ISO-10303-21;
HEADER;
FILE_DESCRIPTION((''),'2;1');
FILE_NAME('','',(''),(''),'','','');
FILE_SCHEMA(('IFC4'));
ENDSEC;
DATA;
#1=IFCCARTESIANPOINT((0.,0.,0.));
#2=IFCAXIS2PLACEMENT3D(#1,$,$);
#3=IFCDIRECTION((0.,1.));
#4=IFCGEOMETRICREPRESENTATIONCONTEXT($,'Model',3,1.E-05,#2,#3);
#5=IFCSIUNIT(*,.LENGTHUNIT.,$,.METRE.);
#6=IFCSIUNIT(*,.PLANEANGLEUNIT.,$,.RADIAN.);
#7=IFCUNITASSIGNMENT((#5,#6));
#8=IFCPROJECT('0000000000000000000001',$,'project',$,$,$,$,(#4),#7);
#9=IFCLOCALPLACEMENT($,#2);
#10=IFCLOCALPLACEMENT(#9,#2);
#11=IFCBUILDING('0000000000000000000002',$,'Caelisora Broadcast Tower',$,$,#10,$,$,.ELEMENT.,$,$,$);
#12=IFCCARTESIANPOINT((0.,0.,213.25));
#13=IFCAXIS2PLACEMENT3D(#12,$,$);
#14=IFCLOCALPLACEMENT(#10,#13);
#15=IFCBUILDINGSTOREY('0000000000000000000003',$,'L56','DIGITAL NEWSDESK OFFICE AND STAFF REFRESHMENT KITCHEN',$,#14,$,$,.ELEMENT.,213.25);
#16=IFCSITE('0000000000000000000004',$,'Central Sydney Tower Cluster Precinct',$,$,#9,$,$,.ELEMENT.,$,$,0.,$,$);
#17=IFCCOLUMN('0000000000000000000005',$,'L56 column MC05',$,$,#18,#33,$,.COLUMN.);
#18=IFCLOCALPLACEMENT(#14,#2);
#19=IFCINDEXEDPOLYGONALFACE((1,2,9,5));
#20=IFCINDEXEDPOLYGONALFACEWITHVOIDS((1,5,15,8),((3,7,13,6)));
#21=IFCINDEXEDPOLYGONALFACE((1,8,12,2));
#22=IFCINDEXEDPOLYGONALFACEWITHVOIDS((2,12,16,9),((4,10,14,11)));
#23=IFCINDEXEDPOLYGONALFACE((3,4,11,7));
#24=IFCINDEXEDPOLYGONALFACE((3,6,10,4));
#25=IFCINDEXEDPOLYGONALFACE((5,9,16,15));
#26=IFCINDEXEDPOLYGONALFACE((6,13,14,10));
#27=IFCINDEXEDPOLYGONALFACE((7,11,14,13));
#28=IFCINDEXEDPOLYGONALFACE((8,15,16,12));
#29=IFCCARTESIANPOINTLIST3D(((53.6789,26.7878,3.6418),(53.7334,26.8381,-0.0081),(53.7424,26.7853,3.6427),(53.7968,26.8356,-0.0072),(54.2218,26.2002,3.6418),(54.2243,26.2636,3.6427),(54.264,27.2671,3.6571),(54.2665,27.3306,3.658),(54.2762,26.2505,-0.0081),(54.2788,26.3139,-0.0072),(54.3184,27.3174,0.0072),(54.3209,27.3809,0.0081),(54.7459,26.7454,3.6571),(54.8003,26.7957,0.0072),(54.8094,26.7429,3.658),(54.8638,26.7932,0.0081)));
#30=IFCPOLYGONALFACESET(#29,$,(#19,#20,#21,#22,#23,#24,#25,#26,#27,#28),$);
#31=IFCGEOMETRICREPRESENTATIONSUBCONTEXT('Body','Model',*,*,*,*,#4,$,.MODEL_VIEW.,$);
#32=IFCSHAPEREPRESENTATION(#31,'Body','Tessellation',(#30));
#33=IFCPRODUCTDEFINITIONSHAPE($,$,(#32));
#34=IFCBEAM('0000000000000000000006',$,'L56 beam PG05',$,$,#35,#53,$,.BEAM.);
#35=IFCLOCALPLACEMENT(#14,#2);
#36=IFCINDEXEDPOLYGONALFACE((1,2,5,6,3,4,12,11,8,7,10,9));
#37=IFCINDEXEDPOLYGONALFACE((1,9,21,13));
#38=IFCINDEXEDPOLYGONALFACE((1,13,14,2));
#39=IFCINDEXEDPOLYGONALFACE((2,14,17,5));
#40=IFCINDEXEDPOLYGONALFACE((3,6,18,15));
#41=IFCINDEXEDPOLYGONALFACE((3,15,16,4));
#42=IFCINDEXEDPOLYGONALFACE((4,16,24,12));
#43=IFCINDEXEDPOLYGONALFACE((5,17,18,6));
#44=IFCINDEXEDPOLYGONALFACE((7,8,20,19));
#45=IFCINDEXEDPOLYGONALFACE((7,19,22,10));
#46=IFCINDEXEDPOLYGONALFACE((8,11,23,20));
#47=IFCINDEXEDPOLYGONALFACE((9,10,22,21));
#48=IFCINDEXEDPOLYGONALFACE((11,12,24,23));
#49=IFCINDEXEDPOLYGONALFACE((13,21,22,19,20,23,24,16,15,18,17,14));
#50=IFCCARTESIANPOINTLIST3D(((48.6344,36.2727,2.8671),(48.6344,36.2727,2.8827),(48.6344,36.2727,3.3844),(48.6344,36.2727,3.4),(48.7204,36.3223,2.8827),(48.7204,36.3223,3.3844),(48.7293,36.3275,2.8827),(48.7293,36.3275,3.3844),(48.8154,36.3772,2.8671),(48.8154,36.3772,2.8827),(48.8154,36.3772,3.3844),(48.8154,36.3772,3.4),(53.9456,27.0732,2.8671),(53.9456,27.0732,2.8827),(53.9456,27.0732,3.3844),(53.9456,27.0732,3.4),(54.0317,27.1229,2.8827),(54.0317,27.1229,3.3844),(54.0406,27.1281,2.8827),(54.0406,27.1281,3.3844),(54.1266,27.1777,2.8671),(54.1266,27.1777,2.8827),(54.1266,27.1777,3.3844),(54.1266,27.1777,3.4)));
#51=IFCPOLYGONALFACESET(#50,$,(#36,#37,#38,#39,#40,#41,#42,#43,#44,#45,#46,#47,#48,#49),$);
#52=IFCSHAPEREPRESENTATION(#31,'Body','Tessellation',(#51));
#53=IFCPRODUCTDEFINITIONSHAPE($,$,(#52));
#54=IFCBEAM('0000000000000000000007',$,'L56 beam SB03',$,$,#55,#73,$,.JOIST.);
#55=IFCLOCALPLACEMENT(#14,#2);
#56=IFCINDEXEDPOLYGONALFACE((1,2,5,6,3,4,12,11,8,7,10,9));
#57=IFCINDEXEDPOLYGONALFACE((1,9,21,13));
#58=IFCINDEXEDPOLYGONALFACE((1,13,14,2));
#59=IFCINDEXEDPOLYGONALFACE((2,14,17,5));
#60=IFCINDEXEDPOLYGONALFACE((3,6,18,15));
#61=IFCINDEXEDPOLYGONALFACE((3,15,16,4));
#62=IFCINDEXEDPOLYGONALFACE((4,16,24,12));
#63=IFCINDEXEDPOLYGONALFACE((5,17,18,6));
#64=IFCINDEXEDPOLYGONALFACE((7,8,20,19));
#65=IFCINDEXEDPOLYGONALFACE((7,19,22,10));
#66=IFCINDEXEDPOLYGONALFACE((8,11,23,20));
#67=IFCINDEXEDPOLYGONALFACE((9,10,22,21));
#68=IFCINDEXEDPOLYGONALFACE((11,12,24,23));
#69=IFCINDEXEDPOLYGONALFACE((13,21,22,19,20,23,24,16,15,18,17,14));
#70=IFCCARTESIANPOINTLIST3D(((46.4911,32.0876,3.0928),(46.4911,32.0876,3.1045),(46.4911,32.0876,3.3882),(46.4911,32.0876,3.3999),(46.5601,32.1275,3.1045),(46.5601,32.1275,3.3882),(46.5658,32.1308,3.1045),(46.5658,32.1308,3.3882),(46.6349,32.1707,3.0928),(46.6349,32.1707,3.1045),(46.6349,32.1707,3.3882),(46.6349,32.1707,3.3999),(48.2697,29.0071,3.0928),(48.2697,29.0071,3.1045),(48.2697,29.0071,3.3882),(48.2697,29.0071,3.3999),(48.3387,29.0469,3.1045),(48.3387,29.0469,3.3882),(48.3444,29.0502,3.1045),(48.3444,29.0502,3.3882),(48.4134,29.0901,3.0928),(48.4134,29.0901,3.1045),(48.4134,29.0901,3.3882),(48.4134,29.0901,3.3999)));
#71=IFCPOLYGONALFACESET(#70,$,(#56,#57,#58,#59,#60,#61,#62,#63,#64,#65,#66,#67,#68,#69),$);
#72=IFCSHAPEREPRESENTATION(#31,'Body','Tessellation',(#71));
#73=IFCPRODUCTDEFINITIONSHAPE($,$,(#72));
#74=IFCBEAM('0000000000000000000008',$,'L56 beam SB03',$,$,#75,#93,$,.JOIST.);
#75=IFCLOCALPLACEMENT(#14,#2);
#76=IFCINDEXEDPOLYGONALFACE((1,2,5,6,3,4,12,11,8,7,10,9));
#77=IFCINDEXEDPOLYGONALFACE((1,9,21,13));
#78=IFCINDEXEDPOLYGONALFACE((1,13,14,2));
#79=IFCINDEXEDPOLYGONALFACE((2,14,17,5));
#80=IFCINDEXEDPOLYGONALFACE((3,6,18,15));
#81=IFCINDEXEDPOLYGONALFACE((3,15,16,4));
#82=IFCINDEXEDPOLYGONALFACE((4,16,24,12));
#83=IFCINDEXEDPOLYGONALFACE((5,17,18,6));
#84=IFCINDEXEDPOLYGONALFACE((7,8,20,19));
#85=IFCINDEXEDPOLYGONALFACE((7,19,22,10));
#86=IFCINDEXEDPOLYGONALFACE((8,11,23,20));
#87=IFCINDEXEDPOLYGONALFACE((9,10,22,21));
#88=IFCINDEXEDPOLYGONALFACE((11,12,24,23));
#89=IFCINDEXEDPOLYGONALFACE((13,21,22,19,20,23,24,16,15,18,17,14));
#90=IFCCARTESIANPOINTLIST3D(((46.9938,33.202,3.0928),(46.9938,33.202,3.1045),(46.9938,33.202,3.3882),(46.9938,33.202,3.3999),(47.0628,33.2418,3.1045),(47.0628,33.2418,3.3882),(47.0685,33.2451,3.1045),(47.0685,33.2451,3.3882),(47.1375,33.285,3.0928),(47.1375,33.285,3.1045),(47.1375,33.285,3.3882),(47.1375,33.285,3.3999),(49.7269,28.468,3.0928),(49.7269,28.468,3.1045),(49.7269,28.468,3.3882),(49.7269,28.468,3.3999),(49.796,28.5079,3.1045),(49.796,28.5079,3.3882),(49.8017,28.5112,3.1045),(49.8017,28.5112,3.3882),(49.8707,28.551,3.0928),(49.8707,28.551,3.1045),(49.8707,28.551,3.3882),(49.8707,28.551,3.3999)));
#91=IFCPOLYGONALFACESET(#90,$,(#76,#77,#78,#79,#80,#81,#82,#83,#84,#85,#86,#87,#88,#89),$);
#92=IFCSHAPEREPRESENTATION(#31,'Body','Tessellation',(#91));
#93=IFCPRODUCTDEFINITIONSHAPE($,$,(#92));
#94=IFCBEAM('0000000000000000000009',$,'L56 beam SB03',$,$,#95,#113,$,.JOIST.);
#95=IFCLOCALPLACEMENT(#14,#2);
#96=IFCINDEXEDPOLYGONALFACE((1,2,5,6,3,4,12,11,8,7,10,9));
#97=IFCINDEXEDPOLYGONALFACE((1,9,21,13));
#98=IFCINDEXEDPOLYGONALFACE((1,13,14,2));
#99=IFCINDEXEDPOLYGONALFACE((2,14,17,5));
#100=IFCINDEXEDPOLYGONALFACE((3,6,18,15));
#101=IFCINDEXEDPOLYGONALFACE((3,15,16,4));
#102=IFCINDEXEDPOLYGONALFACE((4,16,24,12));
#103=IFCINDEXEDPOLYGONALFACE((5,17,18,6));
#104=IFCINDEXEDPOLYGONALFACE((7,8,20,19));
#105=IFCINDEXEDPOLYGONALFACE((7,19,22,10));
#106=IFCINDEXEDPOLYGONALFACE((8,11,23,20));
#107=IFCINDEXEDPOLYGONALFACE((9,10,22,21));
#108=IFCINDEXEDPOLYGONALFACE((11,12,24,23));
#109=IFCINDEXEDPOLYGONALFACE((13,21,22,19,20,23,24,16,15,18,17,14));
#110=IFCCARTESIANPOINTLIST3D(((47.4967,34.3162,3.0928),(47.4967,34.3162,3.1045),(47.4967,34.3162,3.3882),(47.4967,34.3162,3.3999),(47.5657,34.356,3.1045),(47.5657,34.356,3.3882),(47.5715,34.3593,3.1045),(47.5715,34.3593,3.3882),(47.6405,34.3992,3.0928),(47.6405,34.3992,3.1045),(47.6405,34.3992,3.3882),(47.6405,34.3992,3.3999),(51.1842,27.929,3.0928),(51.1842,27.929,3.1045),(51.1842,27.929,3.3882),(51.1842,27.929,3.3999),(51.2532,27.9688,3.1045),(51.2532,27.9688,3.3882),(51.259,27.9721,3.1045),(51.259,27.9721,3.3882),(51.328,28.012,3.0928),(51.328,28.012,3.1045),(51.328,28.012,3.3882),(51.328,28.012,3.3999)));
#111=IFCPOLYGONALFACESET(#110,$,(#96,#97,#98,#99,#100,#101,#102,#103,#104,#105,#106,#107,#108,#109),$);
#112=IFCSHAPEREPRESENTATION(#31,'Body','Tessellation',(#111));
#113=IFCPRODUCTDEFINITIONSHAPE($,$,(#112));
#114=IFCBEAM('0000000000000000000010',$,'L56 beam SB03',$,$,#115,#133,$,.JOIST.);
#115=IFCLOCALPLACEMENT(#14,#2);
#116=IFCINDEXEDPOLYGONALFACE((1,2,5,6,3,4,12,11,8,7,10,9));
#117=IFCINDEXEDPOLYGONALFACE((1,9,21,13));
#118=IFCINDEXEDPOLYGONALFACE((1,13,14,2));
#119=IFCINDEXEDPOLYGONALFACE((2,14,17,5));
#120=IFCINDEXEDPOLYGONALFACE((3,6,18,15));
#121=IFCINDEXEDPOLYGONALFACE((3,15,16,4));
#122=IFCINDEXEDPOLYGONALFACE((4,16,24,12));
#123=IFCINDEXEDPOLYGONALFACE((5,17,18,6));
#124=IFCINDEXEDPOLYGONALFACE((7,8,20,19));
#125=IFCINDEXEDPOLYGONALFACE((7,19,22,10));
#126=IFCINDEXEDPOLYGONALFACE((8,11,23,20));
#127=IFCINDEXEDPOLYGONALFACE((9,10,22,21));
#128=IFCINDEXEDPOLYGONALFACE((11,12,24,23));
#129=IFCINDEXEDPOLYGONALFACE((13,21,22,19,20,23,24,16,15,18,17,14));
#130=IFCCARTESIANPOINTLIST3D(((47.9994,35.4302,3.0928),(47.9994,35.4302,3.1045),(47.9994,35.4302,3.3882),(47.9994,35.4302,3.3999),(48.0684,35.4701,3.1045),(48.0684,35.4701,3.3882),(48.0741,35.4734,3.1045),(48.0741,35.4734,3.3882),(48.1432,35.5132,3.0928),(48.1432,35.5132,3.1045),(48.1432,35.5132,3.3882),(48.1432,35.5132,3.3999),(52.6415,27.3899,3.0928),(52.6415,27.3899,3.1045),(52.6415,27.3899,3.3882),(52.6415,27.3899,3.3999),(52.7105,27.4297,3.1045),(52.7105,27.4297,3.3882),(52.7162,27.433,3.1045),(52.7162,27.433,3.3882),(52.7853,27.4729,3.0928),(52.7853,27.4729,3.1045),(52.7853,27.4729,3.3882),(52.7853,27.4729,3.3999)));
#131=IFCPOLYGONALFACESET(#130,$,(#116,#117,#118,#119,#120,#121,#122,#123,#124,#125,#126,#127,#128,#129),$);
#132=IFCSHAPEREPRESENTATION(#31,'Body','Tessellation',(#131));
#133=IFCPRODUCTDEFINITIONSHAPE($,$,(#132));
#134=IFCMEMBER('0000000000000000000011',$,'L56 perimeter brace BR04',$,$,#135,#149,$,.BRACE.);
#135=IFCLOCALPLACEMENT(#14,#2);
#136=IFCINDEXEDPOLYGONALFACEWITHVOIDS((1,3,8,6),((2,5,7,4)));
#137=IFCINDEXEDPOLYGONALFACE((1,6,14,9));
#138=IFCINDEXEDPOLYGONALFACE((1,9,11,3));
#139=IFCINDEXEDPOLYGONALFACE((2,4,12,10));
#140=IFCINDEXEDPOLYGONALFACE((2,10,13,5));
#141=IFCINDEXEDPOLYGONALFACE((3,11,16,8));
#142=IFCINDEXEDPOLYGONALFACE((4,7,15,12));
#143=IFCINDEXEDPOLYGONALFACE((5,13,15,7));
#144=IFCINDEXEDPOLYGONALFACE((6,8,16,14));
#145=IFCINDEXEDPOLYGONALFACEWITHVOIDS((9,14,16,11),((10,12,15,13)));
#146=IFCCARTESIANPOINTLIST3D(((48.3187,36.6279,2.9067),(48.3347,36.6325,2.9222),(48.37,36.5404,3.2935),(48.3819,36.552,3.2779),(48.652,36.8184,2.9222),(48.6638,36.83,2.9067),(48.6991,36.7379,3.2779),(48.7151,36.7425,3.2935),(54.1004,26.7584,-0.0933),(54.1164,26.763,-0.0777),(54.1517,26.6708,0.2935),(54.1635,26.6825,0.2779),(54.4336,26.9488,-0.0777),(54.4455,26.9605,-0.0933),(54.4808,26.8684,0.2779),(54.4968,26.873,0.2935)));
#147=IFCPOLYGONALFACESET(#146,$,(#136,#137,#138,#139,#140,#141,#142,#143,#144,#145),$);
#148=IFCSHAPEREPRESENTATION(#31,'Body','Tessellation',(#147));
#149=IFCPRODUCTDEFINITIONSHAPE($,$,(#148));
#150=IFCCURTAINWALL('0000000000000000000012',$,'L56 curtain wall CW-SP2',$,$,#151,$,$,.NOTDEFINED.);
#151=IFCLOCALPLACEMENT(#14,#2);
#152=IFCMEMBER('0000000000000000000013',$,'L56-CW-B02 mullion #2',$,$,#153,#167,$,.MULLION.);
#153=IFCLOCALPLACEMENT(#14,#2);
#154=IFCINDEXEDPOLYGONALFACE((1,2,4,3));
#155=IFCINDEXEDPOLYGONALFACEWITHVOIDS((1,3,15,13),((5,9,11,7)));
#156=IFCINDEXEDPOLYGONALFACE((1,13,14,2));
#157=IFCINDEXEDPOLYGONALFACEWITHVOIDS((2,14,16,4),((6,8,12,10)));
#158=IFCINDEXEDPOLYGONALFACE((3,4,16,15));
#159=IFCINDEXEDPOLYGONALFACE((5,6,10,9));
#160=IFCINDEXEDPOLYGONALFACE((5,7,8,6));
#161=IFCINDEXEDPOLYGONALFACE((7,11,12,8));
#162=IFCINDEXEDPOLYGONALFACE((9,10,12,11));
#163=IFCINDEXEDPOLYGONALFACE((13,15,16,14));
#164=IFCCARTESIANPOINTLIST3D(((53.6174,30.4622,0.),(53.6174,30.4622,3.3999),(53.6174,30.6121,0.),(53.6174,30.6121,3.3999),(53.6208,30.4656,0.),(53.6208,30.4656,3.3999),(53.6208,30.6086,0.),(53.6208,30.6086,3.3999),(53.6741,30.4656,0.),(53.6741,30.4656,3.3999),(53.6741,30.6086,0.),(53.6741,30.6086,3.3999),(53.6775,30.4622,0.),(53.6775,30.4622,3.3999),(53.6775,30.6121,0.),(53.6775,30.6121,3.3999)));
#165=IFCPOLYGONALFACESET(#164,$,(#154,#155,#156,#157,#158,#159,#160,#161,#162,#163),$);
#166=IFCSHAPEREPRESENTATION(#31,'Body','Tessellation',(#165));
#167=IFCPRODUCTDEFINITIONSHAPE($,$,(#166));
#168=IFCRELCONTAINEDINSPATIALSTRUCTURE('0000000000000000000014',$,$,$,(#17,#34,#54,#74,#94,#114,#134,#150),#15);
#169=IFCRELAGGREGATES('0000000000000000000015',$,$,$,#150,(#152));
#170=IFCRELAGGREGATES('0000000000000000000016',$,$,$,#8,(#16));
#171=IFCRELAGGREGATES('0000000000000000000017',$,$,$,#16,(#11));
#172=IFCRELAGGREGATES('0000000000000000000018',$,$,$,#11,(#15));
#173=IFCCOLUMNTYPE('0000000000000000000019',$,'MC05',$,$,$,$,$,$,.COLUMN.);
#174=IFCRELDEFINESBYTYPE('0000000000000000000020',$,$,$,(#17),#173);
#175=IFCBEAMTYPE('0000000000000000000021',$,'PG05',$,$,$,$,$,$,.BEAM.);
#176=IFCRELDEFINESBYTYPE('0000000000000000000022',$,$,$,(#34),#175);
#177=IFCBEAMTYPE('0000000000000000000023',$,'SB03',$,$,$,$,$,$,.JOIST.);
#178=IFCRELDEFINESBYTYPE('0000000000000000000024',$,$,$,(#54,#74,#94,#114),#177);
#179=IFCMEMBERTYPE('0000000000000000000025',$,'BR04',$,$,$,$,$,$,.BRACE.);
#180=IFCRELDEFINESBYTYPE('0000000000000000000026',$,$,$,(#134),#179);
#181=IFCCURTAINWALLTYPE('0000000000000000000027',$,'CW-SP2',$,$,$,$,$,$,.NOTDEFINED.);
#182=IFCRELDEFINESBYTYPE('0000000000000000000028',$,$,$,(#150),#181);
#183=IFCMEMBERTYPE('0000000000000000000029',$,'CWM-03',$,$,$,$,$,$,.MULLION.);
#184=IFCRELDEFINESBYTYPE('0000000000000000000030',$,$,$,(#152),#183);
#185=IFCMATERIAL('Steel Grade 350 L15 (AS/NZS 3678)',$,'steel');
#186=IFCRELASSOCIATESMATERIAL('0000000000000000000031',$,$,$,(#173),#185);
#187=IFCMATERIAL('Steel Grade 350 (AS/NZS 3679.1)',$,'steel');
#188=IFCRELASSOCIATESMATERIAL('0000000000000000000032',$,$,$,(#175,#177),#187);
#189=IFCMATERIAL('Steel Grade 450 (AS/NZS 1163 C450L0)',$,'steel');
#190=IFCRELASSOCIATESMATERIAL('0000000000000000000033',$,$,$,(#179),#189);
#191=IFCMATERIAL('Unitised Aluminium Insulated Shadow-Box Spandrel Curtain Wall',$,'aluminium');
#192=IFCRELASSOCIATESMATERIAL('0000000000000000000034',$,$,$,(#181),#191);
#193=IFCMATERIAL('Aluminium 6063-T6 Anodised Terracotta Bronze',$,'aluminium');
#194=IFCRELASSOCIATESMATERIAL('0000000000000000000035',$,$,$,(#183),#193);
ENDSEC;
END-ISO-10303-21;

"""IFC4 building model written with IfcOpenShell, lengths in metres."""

from ifc_helpers import new_model, si_unit, direction, frame, origin, origin_2d, place, context, subcontext, project, spatial, hollow_rectangle, i_section, extrude, source, transform, mapped, material, material_profile, profile_set, type_object, type_shapes, element, aggregate, save


model = new_model("IFC4")

# Units and contexts
model_context = context("Model", 3, precision=1e-05, world=origin(), true_north=direction((0.0, 1.0)))
body_context = subcontext(model_context, "Body", "Model", "MODEL_VIEW")
ifc_project = project(units=[si_unit("LENGTHUNIT", "METRE"), si_unit("PLANEANGLEUNIT", "RADIAN")], contexts=[model_context])

# Site, building, storey
site_placement = place(None, origin())
site = spatial("IfcSite", under=ifc_project, at=site_placement, Name="Central Sydney Tower Cluster Precinct", CompositionType="ELEMENT", RefElevation=0.0)
building_placement = place(site_placement, origin())
building = spatial("IfcBuilding", under=site, at=building_placement, Name="Caelisora Broadcast Tower", CompositionType="ELEMENT")
storey_placement = place(building_placement, frame((0.0, 0.0, 213.25)))
storey = spatial("IfcBuildingStorey", under=building, at=storey_placement, Name="L56", Description="DIGITAL NEWSDESK OFFICE AND STAFF REFRESHMENT KITCHEN", CompositionType="ELEMENT", Elevation=213.25)

# Column
ifc_material_1 = material(Name="Steel Grade 350 L15 (AS/NZS 3678)", Category="steel")
ifc_material_profile_1 = material_profile(ifc_material_1, hollow_rectangle(XDim=0.8, YDim=0.8, WallThickness=0.0449, at=origin_2d()), Name="Steel Grade 350 L15 (AS/NZS 3678)")
ifc_profile_set_1 = profile_set([ifc_material_profile_1], Name="Steel Grade 350 L15 (AS/NZS 3678)")
column_type = type_object("IfcColumnType", Name="MC05", PredefinedType="COLUMN", material=ifc_profile_set_1)
shared_shape_1 = source(origin(), body_context, "Body", "SweptSolid", [
    extrude(hollow_rectangle(XDim=0.8, YDim=0.8, WallThickness=0.0449, at=origin_2d()), origin(), (0.0, 0.0, 1.0), 3.6506),
])
type_shapes(column_type, [shared_shape_1])
column_placement = place(storey_placement, frame((54.2986, 26.8157, 0.0), z_axis=(-0.014913, -0.013776, 0.999794), x_axis=(0.678554, -0.734551, 0.0)))
element("IfcColumn", 1, at=column_placement, inside=storey, type_object=column_type, Name="L56 column MC05", PredefinedType="COLUMN", context=body_context, shape_type="MappedRepresentation", body=[
    mapped(shared_shape_1, transform((0.0, 0.0, 0.0), scale=1.0)),
])

# Beams
ifc_material_2 = material(Name="Steel Grade 350 (AS/NZS 3679.1)", Category="steel")
ifc_material_profile_2 = material_profile(ifc_material_2, i_section(OverallWidth=0.209, OverallDepth=0.533, WebThickness=0.0103, FlangeThickness=0.0156, at=origin_2d()), Name="Steel Grade 350 (AS/NZS 3679.1)")
ifc_profile_set_2 = profile_set([ifc_material_profile_2], Name="Steel Grade 350 (AS/NZS 3679.1)")
beam_type_1 = type_object("IfcBeamType", Name="PG05", PredefinedType="BEAM", material=ifc_profile_set_2)
shared_shape_2 = source(origin(), body_context, "Body", "SweptSolid", [
    extrude(i_section(OverallWidth=0.209, OverallDepth=0.533, WebThickness=0.0103, FlangeThickness=0.0156, at=origin_2d()), origin(), (0.0, 0.0, 1.0), 10.6226),
])
type_shapes(beam_type_1, [shared_shape_2])
beam_1_placement = place(storey_placement, frame((54.0361, 27.1255, 3.1335), z_axis=(-0.499998, 0.866027, 0.0), x_axis=(-0.866027, -0.499998, 0.0)))
element("IfcBeam", 2, at=beam_1_placement, inside=storey, type_object=beam_type_1, Name="L56 beam PG05", PredefinedType="BEAM", context=body_context, shape_type="MappedRepresentation", body=[
    mapped(shared_shape_2, transform((0.0, 0.0, 0.0), scale=1.0)),
])
ifc_material_profile_3 = material_profile(ifc_material_2, i_section(OverallWidth=0.166, OverallDepth=0.3071, WebThickness=0.0066, FlangeThickness=0.0117, at=origin_2d()), Name="Steel Grade 350 (AS/NZS 3679.1)")
ifc_profile_set_3 = profile_set([ifc_material_profile_3], Name="Steel Grade 350 (AS/NZS 3679.1)")
beam_type_2 = type_object("IfcBeamType", Name="SB03", PredefinedType="JOIST", material=ifc_profile_set_3)
shared_shape_3 = source(origin(), body_context, "Body", "SweptSolid", [
    extrude(i_section(OverallWidth=0.166, OverallDepth=0.3071, WebThickness=0.0066, FlangeThickness=0.0117, at=origin_2d()), origin(), (0.0, 0.0, 1.0), 3.5571),
])
beam_2_placement = place(storey_placement, frame((48.3416, 29.0486, 3.2463), z_axis=(-0.5, 0.866026, 0.0), x_axis=(-0.866026, -0.5, 0.0)))
element("IfcBeam", 3, at=beam_2_placement, inside=storey, type_object=beam_type_2, Name="L56 beam SB03", PredefinedType="JOIST", context=body_context, shape_type="MappedRepresentation", body=[
    mapped(shared_shape_3, transform((0.0, 0.0, 0.0), scale=1.0)),
])
shared_shape_4 = source(origin(), body_context, "Body", "SweptSolid", [
    extrude(i_section(OverallWidth=0.166, OverallDepth=0.3071, WebThickness=0.0066, FlangeThickness=0.0117, at=origin_2d()), origin(), (0.0, 0.0, 1.0), 5.4663),
])
beam_3_placement = place(storey_placement, frame((49.7988, 28.5095, 3.2463), z_axis=(-0.500006, 0.866022, 0.0), x_axis=(-0.866022, -0.500006, 0.0)))
element("IfcBeam", 4, at=beam_3_placement, inside=storey, type_object=beam_type_2, Name="L56 beam SB03", PredefinedType="JOIST", context=body_context, shape_type="MappedRepresentation", body=[
    mapped(shared_shape_4, transform((0.0, 0.0, 0.0), scale=1.0)),
])
shared_shape_5 = source(origin(), body_context, "Body", "SweptSolid", [
    extrude(i_section(OverallWidth=0.166, OverallDepth=0.3071, WebThickness=0.0066, FlangeThickness=0.0117, at=origin_2d()), origin(), (0.0, 0.0, 1.0), 7.3752),
])
beam_4_placement = place(storey_placement, frame((51.2561, 27.9705, 3.2463), z_axis=(-0.499984, 0.866035, 0.0), x_axis=(-0.866035, -0.499984, 0.0)))
element("IfcBeam", 5, at=beam_4_placement, inside=storey, type_object=beam_type_2, Name="L56 beam SB03", PredefinedType="JOIST", context=body_context, shape_type="MappedRepresentation", body=[
    mapped(shared_shape_5, transform((0.0, 0.0, 0.0), scale=1.0)),
])
shared_shape_6 = source(origin(), body_context, "Body", "SweptSolid", [
    extrude(i_section(OverallWidth=0.166, OverallDepth=0.3071, WebThickness=0.0066, FlangeThickness=0.0117, at=origin_2d()), origin(), (0.0, 0.0, 1.0), 9.2842),
])
type_shapes(beam_type_2, [shared_shape_3, shared_shape_4, shared_shape_5, shared_shape_6])
beam_5_placement = place(storey_placement, frame((52.7134, 27.4314, 3.2463), z_axis=(-0.500002, 0.866024, 0.0), x_axis=(-0.866024, -0.500002, 0.0)))
element("IfcBeam", 6, at=beam_5_placement, inside=storey, type_object=beam_type_2, Name="L56 beam SB03", PredefinedType="JOIST", context=body_context, shape_type="MappedRepresentation", body=[
    mapped(shared_shape_6, transform((0.0, 0.0, 0.0), scale=1.0)),
])

# Member
ifc_material_3 = material(Name="Steel Grade 450 (AS/NZS 1163 C450L0)", Category="steel")
ifc_material_profile_4 = material_profile(ifc_material_3, hollow_rectangle(XDim=0.3999, YDim=0.3999, WallThickness=0.0161, at=origin_2d()), Name="Steel Grade 450 (AS/NZS 1163 C450L0)")
ifc_profile_set_4 = profile_set([ifc_material_profile_4], Name="Steel Grade 450 (AS/NZS 1163 C450L0)")
member_type_1 = type_object("IfcMemberType", Name="BR04", PredefinedType="BRACE", material=ifc_profile_set_4)
shared_shape_7 = source(origin(), body_context, "Body", "SweptSolid", [
    extrude(hollow_rectangle(XDim=0.3999, YDim=0.3999, WallThickness=0.0161, at=origin_2d()), origin(), (0.0, 0.0, 1.0), 11.8252),
])
type_shapes(member_type_1, [shared_shape_7])
member_1_placement = place(storey_placement, frame((54.2986, 26.8157, 0.1001), z_axis=(-0.488929, 0.834619, 0.253693), x_axis=(-0.862847, -0.505465, 0.0)))
element("IfcMember", 7, at=member_1_placement, inside=storey, type_object=member_type_1, Name="L56 perimeter brace BR04", PredefinedType="BRACE", context=body_context, shape_type="MappedRepresentation", body=[
    mapped(shared_shape_7, transform((0.0, 0.0, 0.0), scale=1.0)),
])

# Curtain wall, member
ifc_material_4 = material(Name="Unitised Aluminium Insulated Shadow-Box Spandrel Curtain Wall", Category="aluminium")
curtain_wall_type_1 = type_object("IfcCurtainWallType", Name="CW-SP2", PredefinedType="NOTDEFINED", material=ifc_material_4)
curtain_wall_1_placement = place(storey_placement, origin())
curtain_wall_1 = element("IfcCurtainWall", 8, at=curtain_wall_1_placement, inside=storey, type_object=curtain_wall_type_1, Name="L56 curtain wall CW-SP2", PredefinedType="NOTDEFINED")
ifc_material_5 = material(Name="Aluminium 6063-T6 Anodised Terracotta Bronze", Category="aluminium")
ifc_material_profile_5 = material_profile(ifc_material_5, hollow_rectangle(XDim=0.0601, YDim=0.1499, WallThickness=0.0034, at=origin_2d()), Name="Aluminium 6063-T6 Anodised Terracotta Bronze")
ifc_profile_set_5 = profile_set([ifc_material_profile_5], Name="Aluminium 6063-T6 Anodised Terracotta Bronze")
member_type_2 = type_object("IfcMemberType", Name="CWM-03", PredefinedType="MULLION", material=ifc_profile_set_5)
shared_shape_8 = source(origin(), body_context, "Body", "SweptSolid", [
    extrude(hollow_rectangle(XDim=0.0601, YDim=0.1499, WallThickness=0.0034, at=origin_2d()), origin(), (0.0, 0.0, 1.0), 3.3999),
])
type_shapes(member_type_2, [shared_shape_8])
member_2_placement = place(storey_placement, frame((53.6475, 30.5371, 0.0), z_axis=(0.0, 0.0, 1.0), x_axis=(1.0, 0.0, 0.0)))
member_2 = element("IfcMember", 9, at=member_2_placement, type_object=member_type_2, Name="L56-CW-B02 mullion #2", PredefinedType="MULLION", context=body_context, shape_type="MappedRepresentation", body=[
    mapped(shared_shape_8, transform((0.0, 0.0, 0.0), scale=1.0)),
])

aggregate(curtain_wall_1, [member_2])

save(model, "model.ifc")
